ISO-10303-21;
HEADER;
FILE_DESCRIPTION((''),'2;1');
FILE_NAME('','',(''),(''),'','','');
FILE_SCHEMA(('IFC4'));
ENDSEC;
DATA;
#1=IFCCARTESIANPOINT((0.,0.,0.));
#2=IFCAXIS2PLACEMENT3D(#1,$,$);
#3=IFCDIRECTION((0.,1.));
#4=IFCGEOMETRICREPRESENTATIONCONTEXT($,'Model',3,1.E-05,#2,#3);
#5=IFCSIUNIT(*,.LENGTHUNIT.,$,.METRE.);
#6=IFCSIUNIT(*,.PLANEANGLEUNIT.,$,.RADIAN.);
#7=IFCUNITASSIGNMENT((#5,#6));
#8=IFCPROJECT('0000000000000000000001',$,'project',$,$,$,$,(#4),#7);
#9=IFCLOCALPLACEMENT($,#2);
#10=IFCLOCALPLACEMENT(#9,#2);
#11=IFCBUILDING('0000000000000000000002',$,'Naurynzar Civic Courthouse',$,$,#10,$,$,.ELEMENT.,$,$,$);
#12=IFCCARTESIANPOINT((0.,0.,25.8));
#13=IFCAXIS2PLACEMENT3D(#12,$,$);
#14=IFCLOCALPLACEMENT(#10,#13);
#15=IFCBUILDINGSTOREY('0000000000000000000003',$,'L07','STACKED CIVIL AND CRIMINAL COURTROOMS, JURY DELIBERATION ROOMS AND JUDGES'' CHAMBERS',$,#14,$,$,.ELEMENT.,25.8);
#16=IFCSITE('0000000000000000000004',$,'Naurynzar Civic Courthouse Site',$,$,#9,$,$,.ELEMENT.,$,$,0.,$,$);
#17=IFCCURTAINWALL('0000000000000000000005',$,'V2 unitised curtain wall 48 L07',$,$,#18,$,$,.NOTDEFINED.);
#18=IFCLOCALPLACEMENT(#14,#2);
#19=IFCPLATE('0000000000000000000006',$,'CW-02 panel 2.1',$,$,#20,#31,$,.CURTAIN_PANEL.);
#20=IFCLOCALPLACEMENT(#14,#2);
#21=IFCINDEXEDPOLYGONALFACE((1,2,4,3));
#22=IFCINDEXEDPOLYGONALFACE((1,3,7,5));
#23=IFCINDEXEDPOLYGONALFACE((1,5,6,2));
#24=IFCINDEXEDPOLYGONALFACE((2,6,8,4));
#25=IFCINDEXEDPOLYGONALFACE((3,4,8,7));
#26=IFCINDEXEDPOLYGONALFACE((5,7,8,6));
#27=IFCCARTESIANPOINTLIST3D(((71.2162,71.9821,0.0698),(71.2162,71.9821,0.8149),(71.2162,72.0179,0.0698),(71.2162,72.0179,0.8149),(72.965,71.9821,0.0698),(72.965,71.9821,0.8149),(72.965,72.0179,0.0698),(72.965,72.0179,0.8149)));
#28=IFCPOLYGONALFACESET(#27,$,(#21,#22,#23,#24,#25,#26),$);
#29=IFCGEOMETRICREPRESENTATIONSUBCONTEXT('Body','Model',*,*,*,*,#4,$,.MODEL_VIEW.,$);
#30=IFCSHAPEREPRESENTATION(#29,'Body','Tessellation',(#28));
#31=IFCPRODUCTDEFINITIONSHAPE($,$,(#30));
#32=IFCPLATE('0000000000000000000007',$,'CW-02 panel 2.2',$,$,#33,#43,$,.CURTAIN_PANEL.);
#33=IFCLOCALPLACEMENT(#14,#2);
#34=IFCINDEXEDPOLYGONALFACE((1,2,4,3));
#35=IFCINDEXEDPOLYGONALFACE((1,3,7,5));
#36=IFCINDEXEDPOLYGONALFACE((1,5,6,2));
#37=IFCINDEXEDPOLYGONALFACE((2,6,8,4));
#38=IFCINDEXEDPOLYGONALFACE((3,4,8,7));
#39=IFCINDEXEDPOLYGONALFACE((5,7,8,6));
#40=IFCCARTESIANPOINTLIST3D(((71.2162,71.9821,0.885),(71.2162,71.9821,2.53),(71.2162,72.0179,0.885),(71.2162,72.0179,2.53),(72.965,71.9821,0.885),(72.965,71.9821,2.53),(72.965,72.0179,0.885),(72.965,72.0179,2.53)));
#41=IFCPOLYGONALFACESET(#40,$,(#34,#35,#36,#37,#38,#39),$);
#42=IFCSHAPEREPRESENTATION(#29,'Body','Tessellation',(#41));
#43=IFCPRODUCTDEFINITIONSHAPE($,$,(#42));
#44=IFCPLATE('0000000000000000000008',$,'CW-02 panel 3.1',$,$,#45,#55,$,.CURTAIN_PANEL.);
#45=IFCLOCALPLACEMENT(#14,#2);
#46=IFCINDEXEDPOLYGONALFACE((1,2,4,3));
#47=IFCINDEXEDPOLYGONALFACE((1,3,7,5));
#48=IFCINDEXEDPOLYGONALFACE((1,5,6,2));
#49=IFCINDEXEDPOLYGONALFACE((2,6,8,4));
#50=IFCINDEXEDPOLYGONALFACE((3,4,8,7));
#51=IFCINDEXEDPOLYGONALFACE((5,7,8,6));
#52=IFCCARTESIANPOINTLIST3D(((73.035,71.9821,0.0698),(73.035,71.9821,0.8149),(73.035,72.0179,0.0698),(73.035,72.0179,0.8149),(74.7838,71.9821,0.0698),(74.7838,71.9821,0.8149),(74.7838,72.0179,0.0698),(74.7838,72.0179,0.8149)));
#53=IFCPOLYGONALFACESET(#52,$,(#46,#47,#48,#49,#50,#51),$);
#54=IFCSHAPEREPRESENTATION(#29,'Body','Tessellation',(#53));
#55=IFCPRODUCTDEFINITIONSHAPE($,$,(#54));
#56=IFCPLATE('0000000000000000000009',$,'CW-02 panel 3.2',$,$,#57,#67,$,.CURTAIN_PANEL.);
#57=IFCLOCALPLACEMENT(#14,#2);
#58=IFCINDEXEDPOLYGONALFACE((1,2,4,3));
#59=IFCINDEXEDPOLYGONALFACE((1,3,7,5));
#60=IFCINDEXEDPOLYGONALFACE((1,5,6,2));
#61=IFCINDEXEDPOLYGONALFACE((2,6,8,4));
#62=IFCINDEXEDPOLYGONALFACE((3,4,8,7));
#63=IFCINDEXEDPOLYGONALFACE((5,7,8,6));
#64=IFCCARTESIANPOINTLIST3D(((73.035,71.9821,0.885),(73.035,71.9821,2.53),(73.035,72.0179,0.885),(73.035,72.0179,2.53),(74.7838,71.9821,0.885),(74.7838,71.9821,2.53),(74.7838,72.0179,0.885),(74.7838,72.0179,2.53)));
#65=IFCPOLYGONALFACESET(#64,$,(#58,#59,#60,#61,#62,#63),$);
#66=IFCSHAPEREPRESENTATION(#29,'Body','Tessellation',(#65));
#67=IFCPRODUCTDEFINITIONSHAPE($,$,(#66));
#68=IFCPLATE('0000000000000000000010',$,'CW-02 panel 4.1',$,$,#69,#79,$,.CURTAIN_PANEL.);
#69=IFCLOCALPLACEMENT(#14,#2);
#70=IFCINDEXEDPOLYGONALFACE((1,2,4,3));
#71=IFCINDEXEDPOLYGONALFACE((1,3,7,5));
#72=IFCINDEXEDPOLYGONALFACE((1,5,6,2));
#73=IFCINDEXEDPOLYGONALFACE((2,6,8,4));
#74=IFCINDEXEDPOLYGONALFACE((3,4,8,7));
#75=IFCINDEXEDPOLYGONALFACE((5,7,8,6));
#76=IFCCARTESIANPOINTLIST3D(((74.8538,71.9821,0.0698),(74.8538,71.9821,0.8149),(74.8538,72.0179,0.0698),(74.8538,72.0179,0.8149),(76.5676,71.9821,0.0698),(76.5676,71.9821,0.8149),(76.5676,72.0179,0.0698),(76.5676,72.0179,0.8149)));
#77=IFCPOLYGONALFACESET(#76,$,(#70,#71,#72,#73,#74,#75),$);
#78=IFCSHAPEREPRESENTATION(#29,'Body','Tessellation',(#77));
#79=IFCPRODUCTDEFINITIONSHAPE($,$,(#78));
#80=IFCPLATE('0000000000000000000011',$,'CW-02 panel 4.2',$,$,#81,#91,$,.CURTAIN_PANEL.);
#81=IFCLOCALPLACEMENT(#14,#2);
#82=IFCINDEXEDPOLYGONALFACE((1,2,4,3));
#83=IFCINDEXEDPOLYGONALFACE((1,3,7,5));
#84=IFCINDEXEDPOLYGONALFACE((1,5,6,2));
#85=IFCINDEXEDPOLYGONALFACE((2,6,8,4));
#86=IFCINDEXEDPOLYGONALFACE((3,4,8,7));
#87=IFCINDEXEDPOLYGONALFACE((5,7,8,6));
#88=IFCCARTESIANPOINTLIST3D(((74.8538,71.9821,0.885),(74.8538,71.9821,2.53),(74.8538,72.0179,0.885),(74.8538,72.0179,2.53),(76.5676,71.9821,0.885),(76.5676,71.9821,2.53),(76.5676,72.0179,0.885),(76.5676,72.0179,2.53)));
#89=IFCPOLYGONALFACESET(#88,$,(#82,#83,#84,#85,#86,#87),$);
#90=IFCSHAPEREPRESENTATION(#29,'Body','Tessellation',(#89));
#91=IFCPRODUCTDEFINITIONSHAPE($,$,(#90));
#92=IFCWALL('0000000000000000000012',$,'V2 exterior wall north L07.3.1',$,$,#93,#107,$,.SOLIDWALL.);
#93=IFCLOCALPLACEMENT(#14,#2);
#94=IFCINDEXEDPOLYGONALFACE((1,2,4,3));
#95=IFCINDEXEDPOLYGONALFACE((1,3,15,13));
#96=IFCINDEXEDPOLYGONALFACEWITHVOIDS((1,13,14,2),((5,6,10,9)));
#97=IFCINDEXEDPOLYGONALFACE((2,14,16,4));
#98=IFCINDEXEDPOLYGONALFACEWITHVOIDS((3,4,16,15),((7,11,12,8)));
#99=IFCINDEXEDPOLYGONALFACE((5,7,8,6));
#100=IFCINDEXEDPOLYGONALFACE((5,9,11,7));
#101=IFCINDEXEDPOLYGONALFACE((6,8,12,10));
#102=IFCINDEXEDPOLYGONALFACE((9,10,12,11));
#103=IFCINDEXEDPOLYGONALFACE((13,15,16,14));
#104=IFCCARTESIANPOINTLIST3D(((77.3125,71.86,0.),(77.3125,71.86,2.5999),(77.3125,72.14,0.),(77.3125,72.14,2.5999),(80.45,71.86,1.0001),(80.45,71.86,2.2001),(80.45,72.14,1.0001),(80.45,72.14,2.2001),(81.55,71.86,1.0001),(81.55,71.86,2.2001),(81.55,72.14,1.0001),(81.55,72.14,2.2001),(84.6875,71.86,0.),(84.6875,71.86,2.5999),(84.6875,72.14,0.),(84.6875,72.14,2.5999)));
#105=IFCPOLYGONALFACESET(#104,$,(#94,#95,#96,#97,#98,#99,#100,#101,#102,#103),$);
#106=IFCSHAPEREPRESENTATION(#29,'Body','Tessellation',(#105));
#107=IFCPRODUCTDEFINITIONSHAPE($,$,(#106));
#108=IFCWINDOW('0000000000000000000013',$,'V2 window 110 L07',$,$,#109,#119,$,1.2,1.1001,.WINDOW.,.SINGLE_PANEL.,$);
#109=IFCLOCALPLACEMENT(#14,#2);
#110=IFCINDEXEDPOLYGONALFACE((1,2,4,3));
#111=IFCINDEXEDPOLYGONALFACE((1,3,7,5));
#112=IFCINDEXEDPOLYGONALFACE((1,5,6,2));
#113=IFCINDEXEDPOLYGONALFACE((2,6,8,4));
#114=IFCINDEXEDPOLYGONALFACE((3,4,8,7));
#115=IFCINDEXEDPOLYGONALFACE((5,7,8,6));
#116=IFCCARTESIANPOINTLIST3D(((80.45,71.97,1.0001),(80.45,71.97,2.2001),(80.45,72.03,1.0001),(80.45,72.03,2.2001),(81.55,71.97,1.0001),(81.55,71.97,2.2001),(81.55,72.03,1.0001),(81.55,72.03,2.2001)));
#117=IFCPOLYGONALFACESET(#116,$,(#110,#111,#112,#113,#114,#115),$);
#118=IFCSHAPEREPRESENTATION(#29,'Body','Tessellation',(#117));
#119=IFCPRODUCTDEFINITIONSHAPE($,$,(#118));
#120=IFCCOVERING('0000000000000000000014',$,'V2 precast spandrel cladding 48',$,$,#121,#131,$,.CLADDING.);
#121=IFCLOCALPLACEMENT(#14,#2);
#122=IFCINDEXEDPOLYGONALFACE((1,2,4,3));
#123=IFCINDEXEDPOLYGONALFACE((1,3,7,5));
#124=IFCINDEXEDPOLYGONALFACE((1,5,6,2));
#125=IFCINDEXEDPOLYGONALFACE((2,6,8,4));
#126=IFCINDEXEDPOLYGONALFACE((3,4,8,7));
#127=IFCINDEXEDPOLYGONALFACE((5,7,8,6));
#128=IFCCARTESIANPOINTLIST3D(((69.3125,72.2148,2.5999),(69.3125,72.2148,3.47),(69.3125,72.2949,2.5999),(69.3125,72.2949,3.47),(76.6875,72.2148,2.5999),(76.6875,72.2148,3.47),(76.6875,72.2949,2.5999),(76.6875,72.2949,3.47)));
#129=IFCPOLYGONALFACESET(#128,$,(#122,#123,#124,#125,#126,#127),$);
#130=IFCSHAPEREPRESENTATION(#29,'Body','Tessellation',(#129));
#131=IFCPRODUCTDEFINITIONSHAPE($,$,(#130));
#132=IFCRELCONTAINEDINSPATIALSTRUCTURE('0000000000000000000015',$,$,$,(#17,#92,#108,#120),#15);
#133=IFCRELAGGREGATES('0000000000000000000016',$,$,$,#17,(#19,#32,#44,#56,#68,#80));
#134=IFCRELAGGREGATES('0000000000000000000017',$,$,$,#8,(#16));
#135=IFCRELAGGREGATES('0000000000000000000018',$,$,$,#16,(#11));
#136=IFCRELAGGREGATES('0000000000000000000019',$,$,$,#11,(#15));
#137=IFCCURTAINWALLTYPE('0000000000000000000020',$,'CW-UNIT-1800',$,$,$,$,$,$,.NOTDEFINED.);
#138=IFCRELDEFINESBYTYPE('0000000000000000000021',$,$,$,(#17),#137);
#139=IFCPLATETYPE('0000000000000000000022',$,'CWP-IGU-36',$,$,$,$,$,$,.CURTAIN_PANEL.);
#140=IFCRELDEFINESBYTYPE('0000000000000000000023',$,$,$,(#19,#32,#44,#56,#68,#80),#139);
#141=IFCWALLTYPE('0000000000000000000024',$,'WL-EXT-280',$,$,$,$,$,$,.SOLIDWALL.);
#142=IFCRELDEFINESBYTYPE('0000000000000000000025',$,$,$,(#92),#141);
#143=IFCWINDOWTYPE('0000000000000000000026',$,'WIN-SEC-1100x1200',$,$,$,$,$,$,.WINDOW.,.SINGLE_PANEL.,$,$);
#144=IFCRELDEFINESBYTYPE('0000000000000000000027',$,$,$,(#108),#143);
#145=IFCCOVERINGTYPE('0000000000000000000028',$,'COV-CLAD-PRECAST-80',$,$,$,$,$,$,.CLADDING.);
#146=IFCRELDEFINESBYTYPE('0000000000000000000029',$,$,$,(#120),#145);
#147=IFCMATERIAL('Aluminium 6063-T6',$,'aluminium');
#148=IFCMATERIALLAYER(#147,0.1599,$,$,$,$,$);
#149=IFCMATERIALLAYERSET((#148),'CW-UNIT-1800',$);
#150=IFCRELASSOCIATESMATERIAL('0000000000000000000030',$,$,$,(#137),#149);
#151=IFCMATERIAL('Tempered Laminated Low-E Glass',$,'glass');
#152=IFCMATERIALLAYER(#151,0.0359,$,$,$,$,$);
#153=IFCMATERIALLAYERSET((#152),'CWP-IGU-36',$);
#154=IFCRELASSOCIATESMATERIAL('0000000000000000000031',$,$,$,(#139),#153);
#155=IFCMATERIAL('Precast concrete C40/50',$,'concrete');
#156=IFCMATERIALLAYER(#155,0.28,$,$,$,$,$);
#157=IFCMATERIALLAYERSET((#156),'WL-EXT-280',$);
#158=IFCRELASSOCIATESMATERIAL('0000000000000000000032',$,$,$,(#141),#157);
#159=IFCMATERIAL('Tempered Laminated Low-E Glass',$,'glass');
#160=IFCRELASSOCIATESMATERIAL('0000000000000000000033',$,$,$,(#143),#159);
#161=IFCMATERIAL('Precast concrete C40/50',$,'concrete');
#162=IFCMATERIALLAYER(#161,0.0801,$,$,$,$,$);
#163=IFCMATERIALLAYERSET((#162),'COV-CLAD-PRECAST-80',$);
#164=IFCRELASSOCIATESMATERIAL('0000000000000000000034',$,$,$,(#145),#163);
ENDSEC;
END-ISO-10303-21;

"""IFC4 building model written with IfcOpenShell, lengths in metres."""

from ifc_helpers import new_model, si_unit, direction, frame, frame_2d, origin, origin_2d, place, context, subcontext, project, spatial, rectangle, extrude, material, layer, layer_set, type_object, element, fill, aggregate, save


model = new_model("IFC4")

# Units and contexts
model_context = context("Model", 3, precision=1e-05, world=origin(), true_north=direction((0.0, 1.0)))
body_context = subcontext(model_context, "Body", "Model", "MODEL_VIEW")
ifc_project = project(units=[si_unit("LENGTHUNIT", "METRE"), si_unit("PLANEANGLEUNIT", "RADIAN")], contexts=[model_context])

# Site, building, storey
site_placement = place(None, origin())
site = spatial("IfcSite", under=ifc_project, at=site_placement, Name="Naurynzar Civic Courthouse Site", CompositionType="ELEMENT", RefElevation=0.0)
building_placement = place(site_placement, origin())
building = spatial("IfcBuilding", under=site, at=building_placement, Name="Naurynzar Civic Courthouse", CompositionType="ELEMENT")
storey_placement = place(building_placement, frame((0.0, 0.0, 25.8)))
storey = spatial("IfcBuildingStorey", under=building, at=storey_placement, Name="L07", Description="STACKED CIVIL AND CRIMINAL COURTROOMS, JURY DELIBERATION ROOMS AND JUDGES' CHAMBERS", CompositionType="ELEMENT", Elevation=25.8)

# Curtain wall, plates
ifc_material_1 = material(Name="Aluminium 6063-T6", Category="aluminium")
ifc_layer_1 = layer(ifc_material_1, 0.1599)
ifc_layer_set_1 = layer_set([ifc_layer_1], Name="CW-UNIT-1800")
curtain_wall_type = type_object("IfcCurtainWallType", Name="CW-UNIT-1800", PredefinedType="NOTDEFINED", material=ifc_layer_set_1)
curtain_wall_placement = place(storey_placement, origin())
curtain_wall = element("IfcCurtainWall", 1, at=curtain_wall_placement, inside=storey, type_object=curtain_wall_type, Name="V2 unitised curtain wall 48 L07", PredefinedType="NOTDEFINED")
ifc_material_2 = material(Name="Tempered Laminated Low-E Glass", Category="glass")
ifc_layer_2 = layer(ifc_material_2, 0.0359)
ifc_layer_set_2 = layer_set([ifc_layer_2], Name="CWP-IGU-36")
plate_type = type_object("IfcPlateType", Name="CWP-IGU-36", PredefinedType="CURTAIN_PANEL", material=ifc_layer_set_2)
plate_1_placement = place(storey_placement, frame((72.0906, 72.0, 0.0698), z_axis=(0.0, 0.0, 1.0), x_axis=(1.0, 0.0, 0.0)))
plate_1 = element("IfcPlate", 2, at=plate_1_placement, type_object=plate_type, Name="CW-02 panel 2.1", PredefinedType="CURTAIN_PANEL", context=body_context, shape_type="SweptSolid", body=[
    extrude(rectangle(XDim=1.7488, YDim=0.0359, at=origin_2d()), origin(), (0.0, 0.0, 1.0), 0.7451),
])
plate_2_placement = place(storey_placement, frame((72.0906, 72.0, 0.885), z_axis=(0.0, 0.0, 1.0), x_axis=(1.0, 0.0, 0.0)))
plate_2 = element("IfcPlate", 3, at=plate_2_placement, type_object=plate_type, Name="CW-02 panel 2.2", PredefinedType="CURTAIN_PANEL", context=body_context, shape_type="SweptSolid", body=[
    extrude(rectangle(XDim=1.7488, YDim=0.0359, at=origin_2d()), origin(), (0.0, 0.0, 1.0), 1.645),
])
plate_3_placement = place(storey_placement, frame((73.9094, 72.0, 0.0698), z_axis=(0.0, 0.0, 1.0), x_axis=(1.0, 0.0, 0.0)))
plate_3 = element("IfcPlate", 4, at=plate_3_placement, type_object=plate_type, Name="CW-02 panel 3.1", PredefinedType="CURTAIN_PANEL", context=body_context, shape_type="SweptSolid", body=[
    extrude(rectangle(XDim=1.7488, YDim=0.0359, at=origin_2d()), origin(), (0.0, 0.0, 1.0), 0.7451),
])
plate_4_placement = place(storey_placement, frame((73.9094, 72.0, 0.885), z_axis=(0.0, 0.0, 1.0), x_axis=(1.0, 0.0, 0.0)))
plate_4 = element("IfcPlate", 5, at=plate_4_placement, type_object=plate_type, Name="CW-02 panel 3.2", PredefinedType="CURTAIN_PANEL", context=body_context, shape_type="SweptSolid", body=[
    extrude(rectangle(XDim=1.7488, YDim=0.0359, at=origin_2d()), origin(), (0.0, 0.0, 1.0), 1.645),
])
plate_5_placement = place(storey_placement, frame((75.7107, 72.0, 0.0698), z_axis=(0.0, 0.0, 1.0), x_axis=(1.0, 0.0, 0.0)))
plate_5 = element("IfcPlate", 6, at=plate_5_placement, type_object=plate_type, Name="CW-02 panel 4.1", PredefinedType="CURTAIN_PANEL", context=body_context, shape_type="SweptSolid", body=[
    extrude(rectangle(XDim=1.7139, YDim=0.0359, at=origin_2d()), origin(), (0.0, 0.0, 1.0), 0.7451),
])
plate_6_placement = place(storey_placement, frame((75.7107, 72.0, 0.885), z_axis=(0.0, 0.0, 1.0), x_axis=(1.0, 0.0, 0.0)))
plate_6 = element("IfcPlate", 7, at=plate_6_placement, type_object=plate_type, Name="CW-02 panel 4.2", PredefinedType="CURTAIN_PANEL", context=body_context, shape_type="SweptSolid", body=[
    extrude(rectangle(XDim=1.7139, YDim=0.0359, at=origin_2d()), origin(), (0.0, 0.0, 1.0), 1.645),
])
aggregate(curtain_wall, [plate_1, plate_2, plate_3, plate_4, plate_5, plate_6])

# Wall, opening, window
ifc_material_3 = material(Name="Precast concrete C40/50", Category="concrete")
ifc_layer_3 = layer(ifc_material_3, 0.28)
ifc_layer_set_3 = layer_set([ifc_layer_3], Name="WL-EXT-280")
wall_type = type_object("IfcWallType", Name="WL-EXT-280", PredefinedType="SOLIDWALL", material=ifc_layer_set_3)
wall_placement = place(storey_placement, frame((77.3125, 72.0, 0.0), z_axis=(0.0, 0.0, 1.0), x_axis=(1.0, 0.0, 0.0)))
wall = element("IfcWall", 8, at=wall_placement, inside=storey, type_object=wall_type, Name="V2 exterior wall north L07.3.1", PredefinedType="SOLIDWALL", context=body_context, shape_type="SweptSolid", body=[
    extrude(rectangle(XDim=7.375, YDim=0.28, at=frame_2d((3.6875, 0.0))), origin(), (0.0, 0.0, 1.0), 2.5999),
])
opening_placement = place(wall_placement, frame((3.1375, 0.0, 1.0)))
opening = element("IfcOpeningElement", 9, at=opening_placement, cuts=wall, PredefinedType="OPENING", context=body_context, shape_type="SweptSolid", body=[
    extrude(rectangle(XDim=1.1001, YDim=1.2, at=frame_2d((0.55, 0.6001))), frame((0.0, 0.1499, 0.0), z_axis=(0.0, -1.0, 0.0), x_axis=(1.0, 0.0, 0.0)), (0.0, 0.0, 1.0), 0.3),
])
ifc_material_4 = material(Name="Tempered Laminated Low-E Glass", Category="glass")
window_type = type_object("IfcWindowType", Name="WIN-SEC-1100x1200", PartitioningType="SINGLE_PANEL", PredefinedType="WINDOW", material=ifc_material_4)
window_placement = place(opening_placement, origin())
window = element("IfcWindow", 10, at=window_placement, inside=storey, type_object=window_type, Name="V2 window 110 L07", OverallHeight=1.2, OverallWidth=1.1001, PartitioningType="SINGLE_PANEL", PredefinedType="WINDOW", context=body_context, shape_type="SweptSolid", body=[
    extrude(rectangle(XDim=1.1001, YDim=1.2, at=frame_2d((0.55, 0.6001))), frame((0.0, 0.03, 0.0), z_axis=(0.0, -1.0, 0.0), x_axis=(1.0, 0.0, 0.0)), (0.0, 0.0, 1.0), 0.0601),
])
fill(opening, window)

# Covering
ifc_material_5 = material(Name="Precast concrete C40/50", Category="concrete")
ifc_layer_4 = layer(ifc_material_5, 0.0801)
ifc_layer_set_4 = layer_set([ifc_layer_4], Name="COV-CLAD-PRECAST-80")
covering_type = type_object("IfcCoveringType", Name="COV-CLAD-PRECAST-80", PredefinedType="CLADDING", material=ifc_layer_set_4)
covering_placement = place(storey_placement, frame((73.0, 72.2549, 2.5999), z_axis=(0.0, 0.0, 1.0), x_axis=(1.0, 0.0, 0.0)))
element("IfcCovering", 11, at=covering_placement, inside=storey, type_object=covering_type, Name="V2 precast spandrel cladding 48", PredefinedType="CLADDING", context=body_context, shape_type="SweptSolid", body=[
    extrude(rectangle(XDim=7.375, YDim=0.0801, at=origin_2d()), origin(), (0.0, 0.0, 1.0), 0.8701),
])

save(model, "model.ifc")
